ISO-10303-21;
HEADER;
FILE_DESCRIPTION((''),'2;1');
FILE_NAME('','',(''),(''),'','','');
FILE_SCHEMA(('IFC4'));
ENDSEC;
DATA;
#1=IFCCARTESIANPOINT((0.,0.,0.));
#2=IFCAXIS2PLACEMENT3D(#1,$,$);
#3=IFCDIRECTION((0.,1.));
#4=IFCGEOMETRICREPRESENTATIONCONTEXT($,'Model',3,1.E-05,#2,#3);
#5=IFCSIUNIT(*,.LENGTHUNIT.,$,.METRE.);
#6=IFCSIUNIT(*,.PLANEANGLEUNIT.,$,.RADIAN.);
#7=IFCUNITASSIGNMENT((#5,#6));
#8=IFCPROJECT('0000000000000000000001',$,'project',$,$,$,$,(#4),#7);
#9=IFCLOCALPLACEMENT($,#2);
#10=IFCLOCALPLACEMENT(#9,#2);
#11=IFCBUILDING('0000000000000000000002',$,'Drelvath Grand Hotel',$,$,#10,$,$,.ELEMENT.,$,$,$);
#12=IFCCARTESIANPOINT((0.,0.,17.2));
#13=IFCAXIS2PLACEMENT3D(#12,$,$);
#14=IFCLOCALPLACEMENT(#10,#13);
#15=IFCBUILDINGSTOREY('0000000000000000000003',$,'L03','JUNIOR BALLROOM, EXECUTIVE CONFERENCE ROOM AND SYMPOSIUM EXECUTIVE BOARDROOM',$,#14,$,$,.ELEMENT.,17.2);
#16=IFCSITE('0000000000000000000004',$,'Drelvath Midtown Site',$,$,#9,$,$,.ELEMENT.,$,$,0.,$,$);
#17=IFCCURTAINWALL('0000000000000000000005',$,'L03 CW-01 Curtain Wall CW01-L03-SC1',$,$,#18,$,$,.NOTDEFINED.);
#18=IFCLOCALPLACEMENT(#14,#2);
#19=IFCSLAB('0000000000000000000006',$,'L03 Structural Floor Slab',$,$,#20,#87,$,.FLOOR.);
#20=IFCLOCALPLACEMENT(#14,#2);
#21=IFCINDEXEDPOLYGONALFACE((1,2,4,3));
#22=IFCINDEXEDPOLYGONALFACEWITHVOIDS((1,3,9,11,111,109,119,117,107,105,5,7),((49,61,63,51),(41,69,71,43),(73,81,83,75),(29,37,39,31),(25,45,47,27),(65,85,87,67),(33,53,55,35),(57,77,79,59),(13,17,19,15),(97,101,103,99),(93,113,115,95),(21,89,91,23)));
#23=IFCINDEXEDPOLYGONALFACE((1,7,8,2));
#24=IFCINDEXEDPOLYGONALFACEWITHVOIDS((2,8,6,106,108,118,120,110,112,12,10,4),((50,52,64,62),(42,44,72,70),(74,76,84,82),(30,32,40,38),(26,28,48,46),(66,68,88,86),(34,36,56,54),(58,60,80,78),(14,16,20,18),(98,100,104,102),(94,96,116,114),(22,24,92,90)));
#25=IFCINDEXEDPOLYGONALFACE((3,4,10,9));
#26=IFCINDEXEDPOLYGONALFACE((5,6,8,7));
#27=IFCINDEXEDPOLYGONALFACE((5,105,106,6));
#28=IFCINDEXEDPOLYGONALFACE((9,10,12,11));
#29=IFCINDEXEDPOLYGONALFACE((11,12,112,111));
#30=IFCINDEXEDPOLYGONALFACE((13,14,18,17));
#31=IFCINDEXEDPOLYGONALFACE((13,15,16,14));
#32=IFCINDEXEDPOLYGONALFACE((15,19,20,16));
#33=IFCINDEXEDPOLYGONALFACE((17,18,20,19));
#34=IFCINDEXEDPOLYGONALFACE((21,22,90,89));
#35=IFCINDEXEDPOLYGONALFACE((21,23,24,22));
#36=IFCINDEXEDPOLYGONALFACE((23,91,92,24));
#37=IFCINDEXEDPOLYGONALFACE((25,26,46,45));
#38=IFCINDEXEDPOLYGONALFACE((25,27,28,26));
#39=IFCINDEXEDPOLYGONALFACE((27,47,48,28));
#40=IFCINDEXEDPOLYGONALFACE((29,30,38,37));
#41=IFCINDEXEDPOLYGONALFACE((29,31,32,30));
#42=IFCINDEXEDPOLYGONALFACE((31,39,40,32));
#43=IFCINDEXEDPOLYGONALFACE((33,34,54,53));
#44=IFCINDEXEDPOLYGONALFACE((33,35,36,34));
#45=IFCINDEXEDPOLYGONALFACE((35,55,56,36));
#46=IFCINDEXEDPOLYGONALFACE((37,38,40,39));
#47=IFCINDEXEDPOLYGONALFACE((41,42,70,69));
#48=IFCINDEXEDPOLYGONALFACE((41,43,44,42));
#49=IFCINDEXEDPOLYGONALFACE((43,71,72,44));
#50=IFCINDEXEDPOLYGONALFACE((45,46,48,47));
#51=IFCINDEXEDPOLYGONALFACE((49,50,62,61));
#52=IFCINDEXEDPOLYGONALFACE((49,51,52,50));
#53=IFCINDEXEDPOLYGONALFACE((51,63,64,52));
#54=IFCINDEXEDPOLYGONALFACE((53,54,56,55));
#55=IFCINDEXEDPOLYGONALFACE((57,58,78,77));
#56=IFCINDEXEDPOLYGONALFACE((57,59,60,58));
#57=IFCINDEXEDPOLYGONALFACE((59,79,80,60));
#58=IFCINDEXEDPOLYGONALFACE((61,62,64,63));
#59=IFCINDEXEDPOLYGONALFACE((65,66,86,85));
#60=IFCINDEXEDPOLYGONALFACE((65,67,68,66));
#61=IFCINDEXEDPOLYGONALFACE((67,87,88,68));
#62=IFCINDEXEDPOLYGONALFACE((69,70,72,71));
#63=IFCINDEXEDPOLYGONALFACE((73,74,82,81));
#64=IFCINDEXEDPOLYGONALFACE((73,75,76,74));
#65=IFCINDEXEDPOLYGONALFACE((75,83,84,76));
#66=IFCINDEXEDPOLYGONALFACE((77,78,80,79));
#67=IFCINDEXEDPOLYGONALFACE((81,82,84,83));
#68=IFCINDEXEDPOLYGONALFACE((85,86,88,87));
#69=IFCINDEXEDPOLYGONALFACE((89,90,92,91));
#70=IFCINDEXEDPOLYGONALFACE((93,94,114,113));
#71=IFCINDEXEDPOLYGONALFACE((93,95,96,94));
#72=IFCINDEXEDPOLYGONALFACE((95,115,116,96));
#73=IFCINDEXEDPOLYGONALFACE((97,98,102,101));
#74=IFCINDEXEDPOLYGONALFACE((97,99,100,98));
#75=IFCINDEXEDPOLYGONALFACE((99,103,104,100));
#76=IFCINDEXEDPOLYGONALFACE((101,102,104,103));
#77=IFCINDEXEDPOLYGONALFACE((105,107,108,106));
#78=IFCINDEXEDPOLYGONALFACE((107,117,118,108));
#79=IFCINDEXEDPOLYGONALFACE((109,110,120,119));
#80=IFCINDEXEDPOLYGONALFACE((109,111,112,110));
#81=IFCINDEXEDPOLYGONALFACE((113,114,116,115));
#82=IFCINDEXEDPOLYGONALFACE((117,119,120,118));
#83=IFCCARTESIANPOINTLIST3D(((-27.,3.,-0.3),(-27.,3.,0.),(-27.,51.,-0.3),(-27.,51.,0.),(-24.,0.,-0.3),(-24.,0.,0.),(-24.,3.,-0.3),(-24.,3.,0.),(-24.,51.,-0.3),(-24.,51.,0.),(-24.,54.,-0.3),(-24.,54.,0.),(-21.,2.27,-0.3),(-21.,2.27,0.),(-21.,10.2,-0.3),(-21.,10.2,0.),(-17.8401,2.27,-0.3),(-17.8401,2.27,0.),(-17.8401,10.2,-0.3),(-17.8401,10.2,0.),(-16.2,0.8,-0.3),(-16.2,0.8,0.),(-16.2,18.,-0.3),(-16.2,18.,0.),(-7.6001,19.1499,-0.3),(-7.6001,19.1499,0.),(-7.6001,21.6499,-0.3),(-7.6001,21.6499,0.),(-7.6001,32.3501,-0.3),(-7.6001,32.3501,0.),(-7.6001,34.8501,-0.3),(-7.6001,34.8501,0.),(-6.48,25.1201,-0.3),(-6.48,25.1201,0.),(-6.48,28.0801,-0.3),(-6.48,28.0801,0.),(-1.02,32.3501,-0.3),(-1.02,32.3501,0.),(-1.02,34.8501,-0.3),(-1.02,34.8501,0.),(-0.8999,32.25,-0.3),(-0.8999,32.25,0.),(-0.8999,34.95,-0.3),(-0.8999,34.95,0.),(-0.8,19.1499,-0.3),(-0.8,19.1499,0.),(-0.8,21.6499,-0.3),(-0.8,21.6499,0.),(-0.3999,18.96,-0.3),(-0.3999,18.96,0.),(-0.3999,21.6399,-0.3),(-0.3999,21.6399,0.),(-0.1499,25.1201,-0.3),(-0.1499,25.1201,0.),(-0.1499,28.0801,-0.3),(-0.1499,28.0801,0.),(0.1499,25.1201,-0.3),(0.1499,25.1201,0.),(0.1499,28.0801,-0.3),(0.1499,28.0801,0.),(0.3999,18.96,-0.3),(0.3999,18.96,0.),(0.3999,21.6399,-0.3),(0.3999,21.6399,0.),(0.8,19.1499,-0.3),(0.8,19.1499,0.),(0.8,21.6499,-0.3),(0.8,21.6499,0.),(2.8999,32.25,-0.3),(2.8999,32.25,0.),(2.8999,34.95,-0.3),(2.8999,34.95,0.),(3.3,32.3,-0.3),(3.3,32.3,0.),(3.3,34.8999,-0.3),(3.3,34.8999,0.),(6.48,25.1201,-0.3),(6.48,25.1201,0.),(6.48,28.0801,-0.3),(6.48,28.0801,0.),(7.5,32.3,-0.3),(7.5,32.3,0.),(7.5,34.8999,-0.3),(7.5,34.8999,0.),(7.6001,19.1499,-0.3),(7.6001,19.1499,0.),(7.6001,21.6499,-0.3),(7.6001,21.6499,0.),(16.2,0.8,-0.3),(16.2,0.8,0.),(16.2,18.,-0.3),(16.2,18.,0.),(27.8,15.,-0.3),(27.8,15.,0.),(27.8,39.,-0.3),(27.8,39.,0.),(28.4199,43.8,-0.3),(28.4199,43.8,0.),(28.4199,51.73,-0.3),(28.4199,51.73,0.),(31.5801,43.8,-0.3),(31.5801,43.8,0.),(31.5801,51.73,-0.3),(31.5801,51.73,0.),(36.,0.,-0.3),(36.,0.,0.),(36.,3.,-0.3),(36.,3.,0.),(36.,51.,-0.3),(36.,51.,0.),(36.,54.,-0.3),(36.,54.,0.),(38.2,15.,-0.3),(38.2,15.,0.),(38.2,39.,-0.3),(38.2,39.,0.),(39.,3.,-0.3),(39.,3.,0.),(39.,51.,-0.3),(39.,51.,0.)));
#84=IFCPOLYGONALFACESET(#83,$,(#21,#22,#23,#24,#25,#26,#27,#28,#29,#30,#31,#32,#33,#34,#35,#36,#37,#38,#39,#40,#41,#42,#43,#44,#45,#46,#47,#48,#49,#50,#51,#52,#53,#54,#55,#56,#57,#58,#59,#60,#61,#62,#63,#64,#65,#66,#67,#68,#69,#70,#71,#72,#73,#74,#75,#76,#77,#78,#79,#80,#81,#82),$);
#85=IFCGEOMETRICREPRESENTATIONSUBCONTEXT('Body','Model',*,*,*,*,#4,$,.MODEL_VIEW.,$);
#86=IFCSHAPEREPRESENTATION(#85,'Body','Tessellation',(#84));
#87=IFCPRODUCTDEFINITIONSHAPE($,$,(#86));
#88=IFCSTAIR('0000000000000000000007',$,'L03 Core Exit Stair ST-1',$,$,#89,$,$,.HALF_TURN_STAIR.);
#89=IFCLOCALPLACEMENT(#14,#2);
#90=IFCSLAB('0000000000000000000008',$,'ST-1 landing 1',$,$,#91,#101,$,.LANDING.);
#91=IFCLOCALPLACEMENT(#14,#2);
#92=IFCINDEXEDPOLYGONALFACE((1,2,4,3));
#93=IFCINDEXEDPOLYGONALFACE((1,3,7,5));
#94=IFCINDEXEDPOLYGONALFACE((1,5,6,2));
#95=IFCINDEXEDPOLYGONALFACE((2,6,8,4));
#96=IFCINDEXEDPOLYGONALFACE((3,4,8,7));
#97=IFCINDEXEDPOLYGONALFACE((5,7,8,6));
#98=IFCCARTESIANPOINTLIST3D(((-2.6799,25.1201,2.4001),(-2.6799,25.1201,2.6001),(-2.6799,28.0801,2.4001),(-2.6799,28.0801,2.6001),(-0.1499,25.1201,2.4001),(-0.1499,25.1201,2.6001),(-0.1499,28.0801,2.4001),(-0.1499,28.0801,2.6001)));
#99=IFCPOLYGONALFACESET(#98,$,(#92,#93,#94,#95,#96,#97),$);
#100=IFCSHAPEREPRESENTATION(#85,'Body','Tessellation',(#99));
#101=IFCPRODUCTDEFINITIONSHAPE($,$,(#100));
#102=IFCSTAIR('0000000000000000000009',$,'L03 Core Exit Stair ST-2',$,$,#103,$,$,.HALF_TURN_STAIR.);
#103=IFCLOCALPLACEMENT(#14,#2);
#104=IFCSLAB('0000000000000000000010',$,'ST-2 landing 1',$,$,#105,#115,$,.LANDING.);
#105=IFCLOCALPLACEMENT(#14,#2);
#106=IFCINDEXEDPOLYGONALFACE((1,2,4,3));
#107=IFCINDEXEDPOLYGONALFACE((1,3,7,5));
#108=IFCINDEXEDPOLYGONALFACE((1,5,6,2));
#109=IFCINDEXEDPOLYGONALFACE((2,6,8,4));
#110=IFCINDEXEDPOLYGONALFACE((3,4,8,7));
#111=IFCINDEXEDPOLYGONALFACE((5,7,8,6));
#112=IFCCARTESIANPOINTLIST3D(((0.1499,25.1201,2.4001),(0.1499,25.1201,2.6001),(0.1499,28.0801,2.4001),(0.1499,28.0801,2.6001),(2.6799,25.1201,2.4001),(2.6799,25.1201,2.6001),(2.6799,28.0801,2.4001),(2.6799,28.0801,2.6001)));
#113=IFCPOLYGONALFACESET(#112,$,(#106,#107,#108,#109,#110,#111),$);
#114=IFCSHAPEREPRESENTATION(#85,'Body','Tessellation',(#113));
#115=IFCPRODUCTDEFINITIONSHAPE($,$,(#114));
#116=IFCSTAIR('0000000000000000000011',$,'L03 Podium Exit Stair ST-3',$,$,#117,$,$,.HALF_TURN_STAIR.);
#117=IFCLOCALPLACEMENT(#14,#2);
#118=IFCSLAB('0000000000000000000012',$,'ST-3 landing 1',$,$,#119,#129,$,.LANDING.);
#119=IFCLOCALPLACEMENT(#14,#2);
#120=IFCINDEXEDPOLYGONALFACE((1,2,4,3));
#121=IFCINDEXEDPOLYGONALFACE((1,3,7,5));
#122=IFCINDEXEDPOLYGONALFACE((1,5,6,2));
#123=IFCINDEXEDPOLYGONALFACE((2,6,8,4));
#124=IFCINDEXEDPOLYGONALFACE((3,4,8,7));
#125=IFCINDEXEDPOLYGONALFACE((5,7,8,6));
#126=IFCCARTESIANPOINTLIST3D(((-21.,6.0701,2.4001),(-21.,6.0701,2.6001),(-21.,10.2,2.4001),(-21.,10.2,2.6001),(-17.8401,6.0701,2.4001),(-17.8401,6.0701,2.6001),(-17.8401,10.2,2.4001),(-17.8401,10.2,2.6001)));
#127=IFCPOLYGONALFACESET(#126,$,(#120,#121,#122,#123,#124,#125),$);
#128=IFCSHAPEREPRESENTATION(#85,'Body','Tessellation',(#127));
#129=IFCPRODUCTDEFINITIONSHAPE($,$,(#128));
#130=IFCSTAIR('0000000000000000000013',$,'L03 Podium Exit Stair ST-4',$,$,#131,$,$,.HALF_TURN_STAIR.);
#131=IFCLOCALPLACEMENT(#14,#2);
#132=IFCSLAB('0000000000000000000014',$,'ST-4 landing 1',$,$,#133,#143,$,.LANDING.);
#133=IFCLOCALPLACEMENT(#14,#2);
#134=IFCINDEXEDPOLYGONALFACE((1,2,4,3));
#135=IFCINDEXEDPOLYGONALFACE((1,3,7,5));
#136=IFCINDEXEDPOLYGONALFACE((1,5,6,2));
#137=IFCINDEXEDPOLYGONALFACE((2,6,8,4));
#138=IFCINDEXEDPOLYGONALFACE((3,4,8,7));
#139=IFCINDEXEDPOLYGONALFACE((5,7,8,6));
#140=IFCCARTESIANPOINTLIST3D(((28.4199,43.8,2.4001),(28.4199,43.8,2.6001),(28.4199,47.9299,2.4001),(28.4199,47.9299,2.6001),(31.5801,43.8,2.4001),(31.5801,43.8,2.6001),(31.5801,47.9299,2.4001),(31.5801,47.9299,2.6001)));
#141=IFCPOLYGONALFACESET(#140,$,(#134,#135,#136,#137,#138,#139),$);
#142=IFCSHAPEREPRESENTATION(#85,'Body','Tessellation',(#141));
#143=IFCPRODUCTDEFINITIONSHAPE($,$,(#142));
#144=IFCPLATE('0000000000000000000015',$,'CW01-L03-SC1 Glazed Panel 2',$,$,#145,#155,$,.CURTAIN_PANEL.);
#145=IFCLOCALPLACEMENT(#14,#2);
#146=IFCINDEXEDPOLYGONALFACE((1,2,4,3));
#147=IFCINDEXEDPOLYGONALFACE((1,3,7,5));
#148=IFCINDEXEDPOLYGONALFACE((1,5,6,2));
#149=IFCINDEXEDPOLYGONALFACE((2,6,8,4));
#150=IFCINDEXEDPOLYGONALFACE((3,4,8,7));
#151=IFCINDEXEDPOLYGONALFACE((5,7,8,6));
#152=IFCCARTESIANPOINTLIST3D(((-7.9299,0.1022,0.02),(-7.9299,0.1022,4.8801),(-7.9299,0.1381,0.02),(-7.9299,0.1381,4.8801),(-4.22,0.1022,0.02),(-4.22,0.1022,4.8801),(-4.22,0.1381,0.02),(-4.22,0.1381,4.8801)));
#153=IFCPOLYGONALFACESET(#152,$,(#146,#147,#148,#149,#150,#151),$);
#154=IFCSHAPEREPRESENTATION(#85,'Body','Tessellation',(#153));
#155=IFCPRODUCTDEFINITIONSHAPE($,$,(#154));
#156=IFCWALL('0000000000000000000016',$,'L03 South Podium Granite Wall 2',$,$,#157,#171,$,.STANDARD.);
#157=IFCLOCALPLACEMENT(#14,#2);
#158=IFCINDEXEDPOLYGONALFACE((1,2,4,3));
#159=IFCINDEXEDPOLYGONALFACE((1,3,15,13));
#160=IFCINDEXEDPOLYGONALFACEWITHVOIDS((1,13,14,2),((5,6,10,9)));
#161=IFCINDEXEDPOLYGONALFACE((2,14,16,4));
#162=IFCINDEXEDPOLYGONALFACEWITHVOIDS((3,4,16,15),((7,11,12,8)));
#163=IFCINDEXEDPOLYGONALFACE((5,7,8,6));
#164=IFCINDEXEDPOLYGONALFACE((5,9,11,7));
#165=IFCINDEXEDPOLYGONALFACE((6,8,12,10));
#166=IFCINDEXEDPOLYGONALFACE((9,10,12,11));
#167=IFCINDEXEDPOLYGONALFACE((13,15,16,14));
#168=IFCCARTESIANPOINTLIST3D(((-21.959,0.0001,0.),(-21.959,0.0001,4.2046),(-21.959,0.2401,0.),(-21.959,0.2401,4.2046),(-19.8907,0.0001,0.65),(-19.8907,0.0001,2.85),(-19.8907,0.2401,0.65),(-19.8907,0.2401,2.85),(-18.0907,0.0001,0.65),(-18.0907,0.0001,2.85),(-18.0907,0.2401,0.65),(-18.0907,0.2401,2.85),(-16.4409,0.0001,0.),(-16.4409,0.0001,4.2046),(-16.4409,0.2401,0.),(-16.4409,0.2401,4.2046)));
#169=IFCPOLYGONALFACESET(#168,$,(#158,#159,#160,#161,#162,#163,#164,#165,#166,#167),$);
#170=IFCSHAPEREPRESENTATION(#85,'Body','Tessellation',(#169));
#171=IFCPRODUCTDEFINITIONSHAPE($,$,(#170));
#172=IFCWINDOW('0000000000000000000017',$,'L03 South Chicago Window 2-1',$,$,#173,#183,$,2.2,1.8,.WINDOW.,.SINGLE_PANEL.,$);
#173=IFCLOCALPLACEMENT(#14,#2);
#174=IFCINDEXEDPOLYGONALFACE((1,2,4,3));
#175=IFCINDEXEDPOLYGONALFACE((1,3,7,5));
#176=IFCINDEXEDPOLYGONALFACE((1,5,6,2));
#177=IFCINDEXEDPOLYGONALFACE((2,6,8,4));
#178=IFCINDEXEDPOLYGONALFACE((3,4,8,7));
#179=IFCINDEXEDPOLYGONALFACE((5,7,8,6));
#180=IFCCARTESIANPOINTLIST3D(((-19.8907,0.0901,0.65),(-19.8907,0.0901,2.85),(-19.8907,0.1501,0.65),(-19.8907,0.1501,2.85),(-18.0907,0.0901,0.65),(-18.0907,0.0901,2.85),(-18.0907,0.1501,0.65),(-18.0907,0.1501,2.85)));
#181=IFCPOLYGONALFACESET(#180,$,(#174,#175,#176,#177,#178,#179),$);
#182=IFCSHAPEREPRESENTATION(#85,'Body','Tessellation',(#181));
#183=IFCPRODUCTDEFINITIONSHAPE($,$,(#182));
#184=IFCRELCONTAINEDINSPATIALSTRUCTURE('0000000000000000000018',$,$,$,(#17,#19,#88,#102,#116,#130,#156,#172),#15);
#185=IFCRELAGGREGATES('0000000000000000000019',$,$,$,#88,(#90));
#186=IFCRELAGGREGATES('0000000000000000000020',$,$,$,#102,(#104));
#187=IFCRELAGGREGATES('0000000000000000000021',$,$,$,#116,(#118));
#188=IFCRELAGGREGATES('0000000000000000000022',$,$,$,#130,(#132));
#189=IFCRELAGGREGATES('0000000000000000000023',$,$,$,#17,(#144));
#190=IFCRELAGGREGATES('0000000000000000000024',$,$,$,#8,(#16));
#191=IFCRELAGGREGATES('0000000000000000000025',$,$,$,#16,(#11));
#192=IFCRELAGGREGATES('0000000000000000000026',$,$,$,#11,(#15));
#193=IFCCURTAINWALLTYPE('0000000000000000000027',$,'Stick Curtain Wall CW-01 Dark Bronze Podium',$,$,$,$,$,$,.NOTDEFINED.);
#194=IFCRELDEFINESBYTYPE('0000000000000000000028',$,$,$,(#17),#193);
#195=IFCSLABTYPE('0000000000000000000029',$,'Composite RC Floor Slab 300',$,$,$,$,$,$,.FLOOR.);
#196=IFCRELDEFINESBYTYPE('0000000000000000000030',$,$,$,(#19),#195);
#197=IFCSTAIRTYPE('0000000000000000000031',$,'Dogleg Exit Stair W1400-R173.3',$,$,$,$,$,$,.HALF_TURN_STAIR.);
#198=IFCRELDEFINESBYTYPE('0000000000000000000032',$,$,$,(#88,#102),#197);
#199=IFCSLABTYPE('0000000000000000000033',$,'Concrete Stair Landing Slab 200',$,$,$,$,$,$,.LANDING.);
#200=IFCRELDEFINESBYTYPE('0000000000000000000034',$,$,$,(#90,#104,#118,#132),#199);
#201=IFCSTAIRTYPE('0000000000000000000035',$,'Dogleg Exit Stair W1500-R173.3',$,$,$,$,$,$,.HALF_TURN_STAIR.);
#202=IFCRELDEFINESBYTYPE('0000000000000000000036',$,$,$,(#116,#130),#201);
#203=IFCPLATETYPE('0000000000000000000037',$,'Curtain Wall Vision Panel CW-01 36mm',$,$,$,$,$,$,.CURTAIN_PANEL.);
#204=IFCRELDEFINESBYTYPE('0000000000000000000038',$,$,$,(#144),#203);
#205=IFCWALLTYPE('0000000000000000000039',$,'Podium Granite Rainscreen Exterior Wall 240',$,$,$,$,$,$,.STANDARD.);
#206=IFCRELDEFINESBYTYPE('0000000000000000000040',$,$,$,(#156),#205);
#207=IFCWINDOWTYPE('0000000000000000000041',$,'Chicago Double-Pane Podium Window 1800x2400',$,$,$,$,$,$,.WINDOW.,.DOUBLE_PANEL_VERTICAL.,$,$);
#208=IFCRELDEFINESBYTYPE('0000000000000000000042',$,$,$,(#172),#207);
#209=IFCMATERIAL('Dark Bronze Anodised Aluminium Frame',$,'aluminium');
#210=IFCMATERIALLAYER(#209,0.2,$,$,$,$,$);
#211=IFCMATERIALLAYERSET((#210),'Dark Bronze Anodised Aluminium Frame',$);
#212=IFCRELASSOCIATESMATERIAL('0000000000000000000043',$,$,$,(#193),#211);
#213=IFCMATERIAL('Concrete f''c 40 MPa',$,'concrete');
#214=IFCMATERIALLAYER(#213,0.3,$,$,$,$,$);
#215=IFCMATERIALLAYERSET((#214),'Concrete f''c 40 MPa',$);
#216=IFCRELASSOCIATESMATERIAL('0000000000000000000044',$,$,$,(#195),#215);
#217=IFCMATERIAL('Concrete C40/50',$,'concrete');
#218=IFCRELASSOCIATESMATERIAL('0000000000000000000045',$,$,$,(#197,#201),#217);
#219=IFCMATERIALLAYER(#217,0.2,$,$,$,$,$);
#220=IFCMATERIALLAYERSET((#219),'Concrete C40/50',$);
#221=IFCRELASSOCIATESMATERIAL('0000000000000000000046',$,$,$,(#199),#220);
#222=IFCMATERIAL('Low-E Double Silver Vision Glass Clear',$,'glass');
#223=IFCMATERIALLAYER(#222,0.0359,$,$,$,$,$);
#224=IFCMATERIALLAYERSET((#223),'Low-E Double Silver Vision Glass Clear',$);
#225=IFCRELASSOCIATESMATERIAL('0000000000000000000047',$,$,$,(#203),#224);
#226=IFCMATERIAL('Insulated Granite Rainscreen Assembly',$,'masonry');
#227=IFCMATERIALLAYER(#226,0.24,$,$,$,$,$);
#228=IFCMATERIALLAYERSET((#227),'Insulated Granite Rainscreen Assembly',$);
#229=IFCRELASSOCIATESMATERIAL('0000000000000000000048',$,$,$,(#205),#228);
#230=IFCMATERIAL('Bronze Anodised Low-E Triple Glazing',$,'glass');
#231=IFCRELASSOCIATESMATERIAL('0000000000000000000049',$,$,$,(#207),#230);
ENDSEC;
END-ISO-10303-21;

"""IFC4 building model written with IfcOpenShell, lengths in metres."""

from ifc_helpers import new_model, si_unit, direction, frame, frame_2d, origin, origin_2d, place, context, subcontext, project, spatial, polyline, rectangle, outline, extrude, material, layer, layer_set, type_object, element, fill, aggregate, save


model = new_model("IFC4")

# Units and contexts
model_context = context("Model", 3, precision=1e-05, world=origin(), true_north=direction((0.0, 1.0)))
body_context = subcontext(model_context, "Body", "Model", "MODEL_VIEW")
ifc_project = project(units=[si_unit("LENGTHUNIT", "METRE"), si_unit("PLANEANGLEUNIT", "RADIAN")], contexts=[model_context])

# Site, building, storey
site_placement = place(None, origin())
site = spatial("IfcSite", under=ifc_project, at=site_placement, Name="Drelvath Midtown Site", CompositionType="ELEMENT", RefElevation=0.0)
building_placement = place(site_placement, origin())
building = spatial("IfcBuilding", under=site, at=building_placement, Name="Drelvath Grand Hotel", CompositionType="ELEMENT")
storey_placement = place(building_placement, frame((0.0, 0.0, 17.2)))
storey = spatial("IfcBuildingStorey", under=building, at=storey_placement, Name="L03", Description="JUNIOR BALLROOM, EXECUTIVE CONFERENCE ROOM AND SYMPOSIUM EXECUTIVE BOARDROOM", CompositionType="ELEMENT", Elevation=17.2)

# Curtain wall
ifc_material_1 = material(Name="Dark Bronze Anodised Aluminium Frame", Category="aluminium")
ifc_layer_1 = layer(ifc_material_1, 0.2)
ifc_layer_set_1 = layer_set([ifc_layer_1], Name="Dark Bronze Anodised Aluminium Frame")
curtain_wall_type = type_object("IfcCurtainWallType", Name="Stick Curtain Wall CW-01 Dark Bronze Podium", PredefinedType="NOTDEFINED", material=ifc_layer_set_1)
curtain_wall_placement = place(storey_placement, origin())
curtain_wall = element("IfcCurtainWall", 1, at=curtain_wall_placement, inside=storey, type_object=curtain_wall_type, Name="L03 CW-01 Curtain Wall CW01-L03-SC1", PredefinedType="NOTDEFINED")

# Slab
ifc_material_2 = material(Name="Concrete f'c 40 MPa", Category="concrete")
ifc_layer_2 = layer(ifc_material_2, 0.3)
ifc_layer_set_2 = layer_set([ifc_layer_2], Name="Concrete f'c 40 MPa")
slab_type_1 = type_object("IfcSlabType", Name="Composite RC Floor Slab 300", PredefinedType="FLOOR", material=ifc_layer_set_2)
slab_1_placement = place(storey_placement, frame((0.0, 0.0, -0.3)))
element("IfcSlab", 2, at=slab_1_placement, inside=storey, type_object=slab_type_1, Name="L03 Structural Floor Slab", PredefinedType="FLOOR", context=body_context, shape_type="SweptSolid", body=[
    extrude(outline(polyline([(-24.0, 0.0), (36.0, 0.0), (36.0, 3.0), (39.0, 3.0), (39.0, 51.0), (36.0, 51.0), (36.0, 54.0), (-24.0, 54.0), (-24.0, 51.0), (-27.0, 51.0), (-27.0, 3.0), (-24.0, 3.0), (-24.0, 0.0)]), holes=[polyline([(-6.48, 25.1201), (-6.48, 28.0801), (-0.1499, 28.0801), (-0.1499, 25.1201), (-6.48, 25.1201)]), polyline([(0.1499, 25.1201), (0.1499, 28.0801), (6.48, 28.0801), (6.48, 25.1201), (0.1499, 25.1201)]), polyline([(-21.0, 2.27), (-21.0, 10.2), (-17.8401, 10.2), (-17.8401, 2.27), (-21.0, 2.27)]), polyline([(28.4199, 43.8), (28.4199, 51.73), (31.5801, 51.73), (31.5801, 43.8), (28.4199, 43.8)]), polyline([(-7.6001, 19.1499), (-7.6001, 21.6499), (-0.8, 21.6499), (-0.8, 19.1499), (-7.6001, 19.1499)]), polyline([(-0.3999, 18.96), (-0.3999, 21.6399), (0.3999, 21.6399), (0.3999, 18.96), (-0.3999, 18.96)]), polyline([(0.8, 19.1499), (0.8, 21.6499), (7.6001, 21.6499), (7.6001, 19.1499), (0.8, 19.1499)]), polyline([(-7.6001, 32.3501), (-7.6001, 34.8501), (-1.02, 34.8501), (-1.02, 32.3501), (-7.6001, 32.3501)]), polyline([(-0.8999, 32.25), (-0.8999, 34.95), (2.8999, 34.95), (2.8999, 32.25), (-0.8999, 32.25)]), polyline([(3.3, 32.3), (3.3, 34.8999), (7.5, 34.8999), (7.5, 32.3), (3.3, 32.3)]), polyline([(27.8, 15.0), (27.8, 39.0), (38.2, 39.0), (38.2, 15.0), (27.8, 15.0)]), polyline([(-16.2, 0.8), (-16.2, 18.0), (16.2, 18.0), (16.2, 0.8), (-16.2, 0.8)])]), origin(), (0.0, 0.0, 1.0), 0.3),
])

# Stairs, slabs
ifc_material_3 = material(Name="Concrete C40/50", Category="concrete")
stair_type_1 = type_object("IfcStairType", Name="Dogleg Exit Stair W1400-R173.3", PredefinedType="HALF_TURN_STAIR", material=ifc_material_3)
stair_1_placement = place(storey_placement, origin())
stair_1 = element("IfcStair", 3, at=stair_1_placement, inside=storey, type_object=stair_type_1, Name="L03 Core Exit Stair ST-1", PredefinedType="HALF_TURN_STAIR")
ifc_layer_3 = layer(ifc_material_3, 0.2)
ifc_layer_set_3 = layer_set([ifc_layer_3], Name="Concrete C40/50")
slab_type_2 = type_object("IfcSlabType", Name="Concrete Stair Landing Slab 200", PredefinedType="LANDING", material=ifc_layer_set_3)
slab_2_placement = place(storey_placement, frame((0.0, 0.0, 2.4001)))
slab_2 = element("IfcSlab", 4, at=slab_2_placement, type_object=slab_type_2, Name="ST-1 landing 1", PredefinedType="LANDING", context=body_context, shape_type="SweptSolid", body=[
    extrude(outline(polyline([(-2.6799, 25.1201), (-0.1499, 25.1201), (-0.1499, 28.0801), (-2.6799, 28.0801), (-2.6799, 25.1201)])), origin(), (0.0, 0.0, 1.0), 0.2),
])
aggregate(stair_1, [slab_2])
stair_2_placement = place(storey_placement, origin())
stair_2 = element("IfcStair", 5, at=stair_2_placement, inside=storey, type_object=stair_type_1, Name="L03 Core Exit Stair ST-2", PredefinedType="HALF_TURN_STAIR")
slab_3_placement = place(storey_placement, frame((0.0, 0.0, 2.4001)))
slab_3 = element("IfcSlab", 6, at=slab_3_placement, type_object=slab_type_2, Name="ST-2 landing 1", PredefinedType="LANDING", context=body_context, shape_type="SweptSolid", body=[
    extrude(outline(polyline([(2.6799, 28.0801), (0.1499, 28.0801), (0.1499, 25.1201), (2.6799, 25.1201), (2.6799, 28.0801)])), origin(), (0.0, 0.0, 1.0), 0.2),
])
aggregate(stair_2, [slab_3])
stair_type_2 = type_object("IfcStairType", Name="Dogleg Exit Stair W1500-R173.3", PredefinedType="HALF_TURN_STAIR", material=ifc_material_3)
stair_3_placement = place(storey_placement, origin())
stair_3 = element("IfcStair", 7, at=stair_3_placement, inside=storey, type_object=stair_type_2, Name="L03 Podium Exit Stair ST-3", PredefinedType="HALF_TURN_STAIR")
slab_4_placement = place(storey_placement, frame((0.0, 0.0, 2.4001)))
slab_4 = element("IfcSlab", 8, at=slab_4_placement, type_object=slab_type_2, Name="ST-3 landing 1", PredefinedType="LANDING", context=body_context, shape_type="SweptSolid", body=[
    extrude(outline(polyline([(-17.8401, 6.0701), (-17.8401, 10.2), (-21.0, 10.2), (-21.0, 6.0701), (-17.8401, 6.0701)])), origin(), (0.0, 0.0, 1.0), 0.2),
])
aggregate(stair_3, [slab_4])
stair_4_placement = place(storey_placement, origin())
stair_4 = element("IfcStair", 9, at=stair_4_placement, inside=storey, type_object=stair_type_2, Name="L03 Podium Exit Stair ST-4", PredefinedType="HALF_TURN_STAIR")
slab_5_placement = place(storey_placement, frame((0.0, 0.0, 2.4001)))
slab_5 = element("IfcSlab", 10, at=slab_5_placement, type_object=slab_type_2, Name="ST-4 landing 1", PredefinedType="LANDING", context=body_context, shape_type="SweptSolid", body=[
    extrude(outline(polyline([(28.4199, 47.9299), (28.4199, 43.8), (31.5801, 43.8), (31.5801, 47.9299), (28.4199, 47.9299)])), origin(), (0.0, 0.0, 1.0), 0.2),
])
aggregate(stair_4, [slab_5])

# Plate
ifc_material_4 = material(Name="Low-E Double Silver Vision Glass Clear", Category="glass")
ifc_layer_4 = layer(ifc_material_4, 0.0359)
ifc_layer_set_4 = layer_set([ifc_layer_4], Name="Low-E Double Silver Vision Glass Clear")
plate_type = type_object("IfcPlateType", Name="Curtain Wall Vision Panel CW-01 36mm", PredefinedType="CURTAIN_PANEL", material=ifc_layer_set_4)
plate_placement = place(storey_placement, frame((-6.075, 0.1201, 0.02), z_axis=(0.0, 0.0, 1.0), x_axis=(-1.0, 0.0, 0.0)))
plate = element("IfcPlate", 11, at=plate_placement, type_object=plate_type, Name="CW01-L03-SC1 Glazed Panel 2", PredefinedType="CURTAIN_PANEL", context=body_context, shape_type="SweptSolid", body=[
    extrude(rectangle(XDim=3.71, YDim=0.0359, at=origin_2d()), origin(), (0.0, 0.0, 1.0), 4.8601),
])
aggregate(curtain_wall, [plate])

# Wall, opening, window
ifc_material_5 = material(Name="Insulated Granite Rainscreen Assembly", Category="masonry")
ifc_layer_5 = layer(ifc_material_5, 0.24)
ifc_layer_set_5 = layer_set([ifc_layer_5], Name="Insulated Granite Rainscreen Assembly")
wall_type = type_object("IfcWallType", Name="Podium Granite Rainscreen Exterior Wall 240", PredefinedType="STANDARD", material=ifc_layer_set_5)
wall_1_placement = place(storey_placement, frame((-16.4409, 0.1201, 0.0), z_axis=(0.0, 0.0, 1.0), x_axis=(-1.0, 0.0, 0.0)))
wall_1 = element("IfcWall", 12, at=wall_1_placement, inside=storey, type_object=wall_type, Name="L03 South Podium Granite Wall 2", PredefinedType="STANDARD", context=body_context, shape_type="SweptSolid", body=[
    extrude(rectangle(XDim=5.5181, YDim=0.24, at=frame_2d((2.759, 0.0))), origin(), (0.0, 0.0, 1.0), 4.2046),
])
opening_1_placement = place(wall_1_placement, frame((1.6499, 0.0, 0.6499)))
opening_1 = element("IfcOpeningElement", 13, at=opening_1_placement, cuts=wall_1, PredefinedType="OPENING", context=body_context, shape_type="SweptSolid", body=[
    extrude(rectangle(XDim=1.8, YDim=2.2, at=frame_2d((0.8999, 1.1001))), frame((0.0, 0.1299, 0.0), z_axis=(0.0, -1.0, 0.0), x_axis=(1.0, 0.0, 0.0)), (0.0, 0.0, 1.0), 0.26),
])
ifc_material_6 = material(Name="Bronze Anodised Low-E Triple Glazing", Category="glass")
window_type = type_object("IfcWindowType", Name="Chicago Double-Pane Podium Window 1800x2400", PartitioningType="DOUBLE_PANEL_VERTICAL", PredefinedType="WINDOW", material=ifc_material_6)
window_1_placement = place(opening_1_placement, origin())
window_1 = element("IfcWindow", 14, at=window_1_placement, inside=storey, type_object=window_type, Name="L03 South Chicago Window 2-1", OverallHeight=2.2, OverallWidth=1.8, PartitioningType="SINGLE_PANEL", PredefinedType="WINDOW", context=body_context, shape_type="SweptSolid", body=[
    extrude(rectangle(XDim=1.8, YDim=2.2, at=frame_2d((0.8999, 1.1001))), frame((0.0, 0.03, 0.0), z_axis=(0.0, -1.0, 0.0), x_axis=(1.0, 0.0, 0.0)), (0.0, 0.0, 1.0), 0.0601),
])
fill(opening_1, window_1)

save(model, "model.ifc")
